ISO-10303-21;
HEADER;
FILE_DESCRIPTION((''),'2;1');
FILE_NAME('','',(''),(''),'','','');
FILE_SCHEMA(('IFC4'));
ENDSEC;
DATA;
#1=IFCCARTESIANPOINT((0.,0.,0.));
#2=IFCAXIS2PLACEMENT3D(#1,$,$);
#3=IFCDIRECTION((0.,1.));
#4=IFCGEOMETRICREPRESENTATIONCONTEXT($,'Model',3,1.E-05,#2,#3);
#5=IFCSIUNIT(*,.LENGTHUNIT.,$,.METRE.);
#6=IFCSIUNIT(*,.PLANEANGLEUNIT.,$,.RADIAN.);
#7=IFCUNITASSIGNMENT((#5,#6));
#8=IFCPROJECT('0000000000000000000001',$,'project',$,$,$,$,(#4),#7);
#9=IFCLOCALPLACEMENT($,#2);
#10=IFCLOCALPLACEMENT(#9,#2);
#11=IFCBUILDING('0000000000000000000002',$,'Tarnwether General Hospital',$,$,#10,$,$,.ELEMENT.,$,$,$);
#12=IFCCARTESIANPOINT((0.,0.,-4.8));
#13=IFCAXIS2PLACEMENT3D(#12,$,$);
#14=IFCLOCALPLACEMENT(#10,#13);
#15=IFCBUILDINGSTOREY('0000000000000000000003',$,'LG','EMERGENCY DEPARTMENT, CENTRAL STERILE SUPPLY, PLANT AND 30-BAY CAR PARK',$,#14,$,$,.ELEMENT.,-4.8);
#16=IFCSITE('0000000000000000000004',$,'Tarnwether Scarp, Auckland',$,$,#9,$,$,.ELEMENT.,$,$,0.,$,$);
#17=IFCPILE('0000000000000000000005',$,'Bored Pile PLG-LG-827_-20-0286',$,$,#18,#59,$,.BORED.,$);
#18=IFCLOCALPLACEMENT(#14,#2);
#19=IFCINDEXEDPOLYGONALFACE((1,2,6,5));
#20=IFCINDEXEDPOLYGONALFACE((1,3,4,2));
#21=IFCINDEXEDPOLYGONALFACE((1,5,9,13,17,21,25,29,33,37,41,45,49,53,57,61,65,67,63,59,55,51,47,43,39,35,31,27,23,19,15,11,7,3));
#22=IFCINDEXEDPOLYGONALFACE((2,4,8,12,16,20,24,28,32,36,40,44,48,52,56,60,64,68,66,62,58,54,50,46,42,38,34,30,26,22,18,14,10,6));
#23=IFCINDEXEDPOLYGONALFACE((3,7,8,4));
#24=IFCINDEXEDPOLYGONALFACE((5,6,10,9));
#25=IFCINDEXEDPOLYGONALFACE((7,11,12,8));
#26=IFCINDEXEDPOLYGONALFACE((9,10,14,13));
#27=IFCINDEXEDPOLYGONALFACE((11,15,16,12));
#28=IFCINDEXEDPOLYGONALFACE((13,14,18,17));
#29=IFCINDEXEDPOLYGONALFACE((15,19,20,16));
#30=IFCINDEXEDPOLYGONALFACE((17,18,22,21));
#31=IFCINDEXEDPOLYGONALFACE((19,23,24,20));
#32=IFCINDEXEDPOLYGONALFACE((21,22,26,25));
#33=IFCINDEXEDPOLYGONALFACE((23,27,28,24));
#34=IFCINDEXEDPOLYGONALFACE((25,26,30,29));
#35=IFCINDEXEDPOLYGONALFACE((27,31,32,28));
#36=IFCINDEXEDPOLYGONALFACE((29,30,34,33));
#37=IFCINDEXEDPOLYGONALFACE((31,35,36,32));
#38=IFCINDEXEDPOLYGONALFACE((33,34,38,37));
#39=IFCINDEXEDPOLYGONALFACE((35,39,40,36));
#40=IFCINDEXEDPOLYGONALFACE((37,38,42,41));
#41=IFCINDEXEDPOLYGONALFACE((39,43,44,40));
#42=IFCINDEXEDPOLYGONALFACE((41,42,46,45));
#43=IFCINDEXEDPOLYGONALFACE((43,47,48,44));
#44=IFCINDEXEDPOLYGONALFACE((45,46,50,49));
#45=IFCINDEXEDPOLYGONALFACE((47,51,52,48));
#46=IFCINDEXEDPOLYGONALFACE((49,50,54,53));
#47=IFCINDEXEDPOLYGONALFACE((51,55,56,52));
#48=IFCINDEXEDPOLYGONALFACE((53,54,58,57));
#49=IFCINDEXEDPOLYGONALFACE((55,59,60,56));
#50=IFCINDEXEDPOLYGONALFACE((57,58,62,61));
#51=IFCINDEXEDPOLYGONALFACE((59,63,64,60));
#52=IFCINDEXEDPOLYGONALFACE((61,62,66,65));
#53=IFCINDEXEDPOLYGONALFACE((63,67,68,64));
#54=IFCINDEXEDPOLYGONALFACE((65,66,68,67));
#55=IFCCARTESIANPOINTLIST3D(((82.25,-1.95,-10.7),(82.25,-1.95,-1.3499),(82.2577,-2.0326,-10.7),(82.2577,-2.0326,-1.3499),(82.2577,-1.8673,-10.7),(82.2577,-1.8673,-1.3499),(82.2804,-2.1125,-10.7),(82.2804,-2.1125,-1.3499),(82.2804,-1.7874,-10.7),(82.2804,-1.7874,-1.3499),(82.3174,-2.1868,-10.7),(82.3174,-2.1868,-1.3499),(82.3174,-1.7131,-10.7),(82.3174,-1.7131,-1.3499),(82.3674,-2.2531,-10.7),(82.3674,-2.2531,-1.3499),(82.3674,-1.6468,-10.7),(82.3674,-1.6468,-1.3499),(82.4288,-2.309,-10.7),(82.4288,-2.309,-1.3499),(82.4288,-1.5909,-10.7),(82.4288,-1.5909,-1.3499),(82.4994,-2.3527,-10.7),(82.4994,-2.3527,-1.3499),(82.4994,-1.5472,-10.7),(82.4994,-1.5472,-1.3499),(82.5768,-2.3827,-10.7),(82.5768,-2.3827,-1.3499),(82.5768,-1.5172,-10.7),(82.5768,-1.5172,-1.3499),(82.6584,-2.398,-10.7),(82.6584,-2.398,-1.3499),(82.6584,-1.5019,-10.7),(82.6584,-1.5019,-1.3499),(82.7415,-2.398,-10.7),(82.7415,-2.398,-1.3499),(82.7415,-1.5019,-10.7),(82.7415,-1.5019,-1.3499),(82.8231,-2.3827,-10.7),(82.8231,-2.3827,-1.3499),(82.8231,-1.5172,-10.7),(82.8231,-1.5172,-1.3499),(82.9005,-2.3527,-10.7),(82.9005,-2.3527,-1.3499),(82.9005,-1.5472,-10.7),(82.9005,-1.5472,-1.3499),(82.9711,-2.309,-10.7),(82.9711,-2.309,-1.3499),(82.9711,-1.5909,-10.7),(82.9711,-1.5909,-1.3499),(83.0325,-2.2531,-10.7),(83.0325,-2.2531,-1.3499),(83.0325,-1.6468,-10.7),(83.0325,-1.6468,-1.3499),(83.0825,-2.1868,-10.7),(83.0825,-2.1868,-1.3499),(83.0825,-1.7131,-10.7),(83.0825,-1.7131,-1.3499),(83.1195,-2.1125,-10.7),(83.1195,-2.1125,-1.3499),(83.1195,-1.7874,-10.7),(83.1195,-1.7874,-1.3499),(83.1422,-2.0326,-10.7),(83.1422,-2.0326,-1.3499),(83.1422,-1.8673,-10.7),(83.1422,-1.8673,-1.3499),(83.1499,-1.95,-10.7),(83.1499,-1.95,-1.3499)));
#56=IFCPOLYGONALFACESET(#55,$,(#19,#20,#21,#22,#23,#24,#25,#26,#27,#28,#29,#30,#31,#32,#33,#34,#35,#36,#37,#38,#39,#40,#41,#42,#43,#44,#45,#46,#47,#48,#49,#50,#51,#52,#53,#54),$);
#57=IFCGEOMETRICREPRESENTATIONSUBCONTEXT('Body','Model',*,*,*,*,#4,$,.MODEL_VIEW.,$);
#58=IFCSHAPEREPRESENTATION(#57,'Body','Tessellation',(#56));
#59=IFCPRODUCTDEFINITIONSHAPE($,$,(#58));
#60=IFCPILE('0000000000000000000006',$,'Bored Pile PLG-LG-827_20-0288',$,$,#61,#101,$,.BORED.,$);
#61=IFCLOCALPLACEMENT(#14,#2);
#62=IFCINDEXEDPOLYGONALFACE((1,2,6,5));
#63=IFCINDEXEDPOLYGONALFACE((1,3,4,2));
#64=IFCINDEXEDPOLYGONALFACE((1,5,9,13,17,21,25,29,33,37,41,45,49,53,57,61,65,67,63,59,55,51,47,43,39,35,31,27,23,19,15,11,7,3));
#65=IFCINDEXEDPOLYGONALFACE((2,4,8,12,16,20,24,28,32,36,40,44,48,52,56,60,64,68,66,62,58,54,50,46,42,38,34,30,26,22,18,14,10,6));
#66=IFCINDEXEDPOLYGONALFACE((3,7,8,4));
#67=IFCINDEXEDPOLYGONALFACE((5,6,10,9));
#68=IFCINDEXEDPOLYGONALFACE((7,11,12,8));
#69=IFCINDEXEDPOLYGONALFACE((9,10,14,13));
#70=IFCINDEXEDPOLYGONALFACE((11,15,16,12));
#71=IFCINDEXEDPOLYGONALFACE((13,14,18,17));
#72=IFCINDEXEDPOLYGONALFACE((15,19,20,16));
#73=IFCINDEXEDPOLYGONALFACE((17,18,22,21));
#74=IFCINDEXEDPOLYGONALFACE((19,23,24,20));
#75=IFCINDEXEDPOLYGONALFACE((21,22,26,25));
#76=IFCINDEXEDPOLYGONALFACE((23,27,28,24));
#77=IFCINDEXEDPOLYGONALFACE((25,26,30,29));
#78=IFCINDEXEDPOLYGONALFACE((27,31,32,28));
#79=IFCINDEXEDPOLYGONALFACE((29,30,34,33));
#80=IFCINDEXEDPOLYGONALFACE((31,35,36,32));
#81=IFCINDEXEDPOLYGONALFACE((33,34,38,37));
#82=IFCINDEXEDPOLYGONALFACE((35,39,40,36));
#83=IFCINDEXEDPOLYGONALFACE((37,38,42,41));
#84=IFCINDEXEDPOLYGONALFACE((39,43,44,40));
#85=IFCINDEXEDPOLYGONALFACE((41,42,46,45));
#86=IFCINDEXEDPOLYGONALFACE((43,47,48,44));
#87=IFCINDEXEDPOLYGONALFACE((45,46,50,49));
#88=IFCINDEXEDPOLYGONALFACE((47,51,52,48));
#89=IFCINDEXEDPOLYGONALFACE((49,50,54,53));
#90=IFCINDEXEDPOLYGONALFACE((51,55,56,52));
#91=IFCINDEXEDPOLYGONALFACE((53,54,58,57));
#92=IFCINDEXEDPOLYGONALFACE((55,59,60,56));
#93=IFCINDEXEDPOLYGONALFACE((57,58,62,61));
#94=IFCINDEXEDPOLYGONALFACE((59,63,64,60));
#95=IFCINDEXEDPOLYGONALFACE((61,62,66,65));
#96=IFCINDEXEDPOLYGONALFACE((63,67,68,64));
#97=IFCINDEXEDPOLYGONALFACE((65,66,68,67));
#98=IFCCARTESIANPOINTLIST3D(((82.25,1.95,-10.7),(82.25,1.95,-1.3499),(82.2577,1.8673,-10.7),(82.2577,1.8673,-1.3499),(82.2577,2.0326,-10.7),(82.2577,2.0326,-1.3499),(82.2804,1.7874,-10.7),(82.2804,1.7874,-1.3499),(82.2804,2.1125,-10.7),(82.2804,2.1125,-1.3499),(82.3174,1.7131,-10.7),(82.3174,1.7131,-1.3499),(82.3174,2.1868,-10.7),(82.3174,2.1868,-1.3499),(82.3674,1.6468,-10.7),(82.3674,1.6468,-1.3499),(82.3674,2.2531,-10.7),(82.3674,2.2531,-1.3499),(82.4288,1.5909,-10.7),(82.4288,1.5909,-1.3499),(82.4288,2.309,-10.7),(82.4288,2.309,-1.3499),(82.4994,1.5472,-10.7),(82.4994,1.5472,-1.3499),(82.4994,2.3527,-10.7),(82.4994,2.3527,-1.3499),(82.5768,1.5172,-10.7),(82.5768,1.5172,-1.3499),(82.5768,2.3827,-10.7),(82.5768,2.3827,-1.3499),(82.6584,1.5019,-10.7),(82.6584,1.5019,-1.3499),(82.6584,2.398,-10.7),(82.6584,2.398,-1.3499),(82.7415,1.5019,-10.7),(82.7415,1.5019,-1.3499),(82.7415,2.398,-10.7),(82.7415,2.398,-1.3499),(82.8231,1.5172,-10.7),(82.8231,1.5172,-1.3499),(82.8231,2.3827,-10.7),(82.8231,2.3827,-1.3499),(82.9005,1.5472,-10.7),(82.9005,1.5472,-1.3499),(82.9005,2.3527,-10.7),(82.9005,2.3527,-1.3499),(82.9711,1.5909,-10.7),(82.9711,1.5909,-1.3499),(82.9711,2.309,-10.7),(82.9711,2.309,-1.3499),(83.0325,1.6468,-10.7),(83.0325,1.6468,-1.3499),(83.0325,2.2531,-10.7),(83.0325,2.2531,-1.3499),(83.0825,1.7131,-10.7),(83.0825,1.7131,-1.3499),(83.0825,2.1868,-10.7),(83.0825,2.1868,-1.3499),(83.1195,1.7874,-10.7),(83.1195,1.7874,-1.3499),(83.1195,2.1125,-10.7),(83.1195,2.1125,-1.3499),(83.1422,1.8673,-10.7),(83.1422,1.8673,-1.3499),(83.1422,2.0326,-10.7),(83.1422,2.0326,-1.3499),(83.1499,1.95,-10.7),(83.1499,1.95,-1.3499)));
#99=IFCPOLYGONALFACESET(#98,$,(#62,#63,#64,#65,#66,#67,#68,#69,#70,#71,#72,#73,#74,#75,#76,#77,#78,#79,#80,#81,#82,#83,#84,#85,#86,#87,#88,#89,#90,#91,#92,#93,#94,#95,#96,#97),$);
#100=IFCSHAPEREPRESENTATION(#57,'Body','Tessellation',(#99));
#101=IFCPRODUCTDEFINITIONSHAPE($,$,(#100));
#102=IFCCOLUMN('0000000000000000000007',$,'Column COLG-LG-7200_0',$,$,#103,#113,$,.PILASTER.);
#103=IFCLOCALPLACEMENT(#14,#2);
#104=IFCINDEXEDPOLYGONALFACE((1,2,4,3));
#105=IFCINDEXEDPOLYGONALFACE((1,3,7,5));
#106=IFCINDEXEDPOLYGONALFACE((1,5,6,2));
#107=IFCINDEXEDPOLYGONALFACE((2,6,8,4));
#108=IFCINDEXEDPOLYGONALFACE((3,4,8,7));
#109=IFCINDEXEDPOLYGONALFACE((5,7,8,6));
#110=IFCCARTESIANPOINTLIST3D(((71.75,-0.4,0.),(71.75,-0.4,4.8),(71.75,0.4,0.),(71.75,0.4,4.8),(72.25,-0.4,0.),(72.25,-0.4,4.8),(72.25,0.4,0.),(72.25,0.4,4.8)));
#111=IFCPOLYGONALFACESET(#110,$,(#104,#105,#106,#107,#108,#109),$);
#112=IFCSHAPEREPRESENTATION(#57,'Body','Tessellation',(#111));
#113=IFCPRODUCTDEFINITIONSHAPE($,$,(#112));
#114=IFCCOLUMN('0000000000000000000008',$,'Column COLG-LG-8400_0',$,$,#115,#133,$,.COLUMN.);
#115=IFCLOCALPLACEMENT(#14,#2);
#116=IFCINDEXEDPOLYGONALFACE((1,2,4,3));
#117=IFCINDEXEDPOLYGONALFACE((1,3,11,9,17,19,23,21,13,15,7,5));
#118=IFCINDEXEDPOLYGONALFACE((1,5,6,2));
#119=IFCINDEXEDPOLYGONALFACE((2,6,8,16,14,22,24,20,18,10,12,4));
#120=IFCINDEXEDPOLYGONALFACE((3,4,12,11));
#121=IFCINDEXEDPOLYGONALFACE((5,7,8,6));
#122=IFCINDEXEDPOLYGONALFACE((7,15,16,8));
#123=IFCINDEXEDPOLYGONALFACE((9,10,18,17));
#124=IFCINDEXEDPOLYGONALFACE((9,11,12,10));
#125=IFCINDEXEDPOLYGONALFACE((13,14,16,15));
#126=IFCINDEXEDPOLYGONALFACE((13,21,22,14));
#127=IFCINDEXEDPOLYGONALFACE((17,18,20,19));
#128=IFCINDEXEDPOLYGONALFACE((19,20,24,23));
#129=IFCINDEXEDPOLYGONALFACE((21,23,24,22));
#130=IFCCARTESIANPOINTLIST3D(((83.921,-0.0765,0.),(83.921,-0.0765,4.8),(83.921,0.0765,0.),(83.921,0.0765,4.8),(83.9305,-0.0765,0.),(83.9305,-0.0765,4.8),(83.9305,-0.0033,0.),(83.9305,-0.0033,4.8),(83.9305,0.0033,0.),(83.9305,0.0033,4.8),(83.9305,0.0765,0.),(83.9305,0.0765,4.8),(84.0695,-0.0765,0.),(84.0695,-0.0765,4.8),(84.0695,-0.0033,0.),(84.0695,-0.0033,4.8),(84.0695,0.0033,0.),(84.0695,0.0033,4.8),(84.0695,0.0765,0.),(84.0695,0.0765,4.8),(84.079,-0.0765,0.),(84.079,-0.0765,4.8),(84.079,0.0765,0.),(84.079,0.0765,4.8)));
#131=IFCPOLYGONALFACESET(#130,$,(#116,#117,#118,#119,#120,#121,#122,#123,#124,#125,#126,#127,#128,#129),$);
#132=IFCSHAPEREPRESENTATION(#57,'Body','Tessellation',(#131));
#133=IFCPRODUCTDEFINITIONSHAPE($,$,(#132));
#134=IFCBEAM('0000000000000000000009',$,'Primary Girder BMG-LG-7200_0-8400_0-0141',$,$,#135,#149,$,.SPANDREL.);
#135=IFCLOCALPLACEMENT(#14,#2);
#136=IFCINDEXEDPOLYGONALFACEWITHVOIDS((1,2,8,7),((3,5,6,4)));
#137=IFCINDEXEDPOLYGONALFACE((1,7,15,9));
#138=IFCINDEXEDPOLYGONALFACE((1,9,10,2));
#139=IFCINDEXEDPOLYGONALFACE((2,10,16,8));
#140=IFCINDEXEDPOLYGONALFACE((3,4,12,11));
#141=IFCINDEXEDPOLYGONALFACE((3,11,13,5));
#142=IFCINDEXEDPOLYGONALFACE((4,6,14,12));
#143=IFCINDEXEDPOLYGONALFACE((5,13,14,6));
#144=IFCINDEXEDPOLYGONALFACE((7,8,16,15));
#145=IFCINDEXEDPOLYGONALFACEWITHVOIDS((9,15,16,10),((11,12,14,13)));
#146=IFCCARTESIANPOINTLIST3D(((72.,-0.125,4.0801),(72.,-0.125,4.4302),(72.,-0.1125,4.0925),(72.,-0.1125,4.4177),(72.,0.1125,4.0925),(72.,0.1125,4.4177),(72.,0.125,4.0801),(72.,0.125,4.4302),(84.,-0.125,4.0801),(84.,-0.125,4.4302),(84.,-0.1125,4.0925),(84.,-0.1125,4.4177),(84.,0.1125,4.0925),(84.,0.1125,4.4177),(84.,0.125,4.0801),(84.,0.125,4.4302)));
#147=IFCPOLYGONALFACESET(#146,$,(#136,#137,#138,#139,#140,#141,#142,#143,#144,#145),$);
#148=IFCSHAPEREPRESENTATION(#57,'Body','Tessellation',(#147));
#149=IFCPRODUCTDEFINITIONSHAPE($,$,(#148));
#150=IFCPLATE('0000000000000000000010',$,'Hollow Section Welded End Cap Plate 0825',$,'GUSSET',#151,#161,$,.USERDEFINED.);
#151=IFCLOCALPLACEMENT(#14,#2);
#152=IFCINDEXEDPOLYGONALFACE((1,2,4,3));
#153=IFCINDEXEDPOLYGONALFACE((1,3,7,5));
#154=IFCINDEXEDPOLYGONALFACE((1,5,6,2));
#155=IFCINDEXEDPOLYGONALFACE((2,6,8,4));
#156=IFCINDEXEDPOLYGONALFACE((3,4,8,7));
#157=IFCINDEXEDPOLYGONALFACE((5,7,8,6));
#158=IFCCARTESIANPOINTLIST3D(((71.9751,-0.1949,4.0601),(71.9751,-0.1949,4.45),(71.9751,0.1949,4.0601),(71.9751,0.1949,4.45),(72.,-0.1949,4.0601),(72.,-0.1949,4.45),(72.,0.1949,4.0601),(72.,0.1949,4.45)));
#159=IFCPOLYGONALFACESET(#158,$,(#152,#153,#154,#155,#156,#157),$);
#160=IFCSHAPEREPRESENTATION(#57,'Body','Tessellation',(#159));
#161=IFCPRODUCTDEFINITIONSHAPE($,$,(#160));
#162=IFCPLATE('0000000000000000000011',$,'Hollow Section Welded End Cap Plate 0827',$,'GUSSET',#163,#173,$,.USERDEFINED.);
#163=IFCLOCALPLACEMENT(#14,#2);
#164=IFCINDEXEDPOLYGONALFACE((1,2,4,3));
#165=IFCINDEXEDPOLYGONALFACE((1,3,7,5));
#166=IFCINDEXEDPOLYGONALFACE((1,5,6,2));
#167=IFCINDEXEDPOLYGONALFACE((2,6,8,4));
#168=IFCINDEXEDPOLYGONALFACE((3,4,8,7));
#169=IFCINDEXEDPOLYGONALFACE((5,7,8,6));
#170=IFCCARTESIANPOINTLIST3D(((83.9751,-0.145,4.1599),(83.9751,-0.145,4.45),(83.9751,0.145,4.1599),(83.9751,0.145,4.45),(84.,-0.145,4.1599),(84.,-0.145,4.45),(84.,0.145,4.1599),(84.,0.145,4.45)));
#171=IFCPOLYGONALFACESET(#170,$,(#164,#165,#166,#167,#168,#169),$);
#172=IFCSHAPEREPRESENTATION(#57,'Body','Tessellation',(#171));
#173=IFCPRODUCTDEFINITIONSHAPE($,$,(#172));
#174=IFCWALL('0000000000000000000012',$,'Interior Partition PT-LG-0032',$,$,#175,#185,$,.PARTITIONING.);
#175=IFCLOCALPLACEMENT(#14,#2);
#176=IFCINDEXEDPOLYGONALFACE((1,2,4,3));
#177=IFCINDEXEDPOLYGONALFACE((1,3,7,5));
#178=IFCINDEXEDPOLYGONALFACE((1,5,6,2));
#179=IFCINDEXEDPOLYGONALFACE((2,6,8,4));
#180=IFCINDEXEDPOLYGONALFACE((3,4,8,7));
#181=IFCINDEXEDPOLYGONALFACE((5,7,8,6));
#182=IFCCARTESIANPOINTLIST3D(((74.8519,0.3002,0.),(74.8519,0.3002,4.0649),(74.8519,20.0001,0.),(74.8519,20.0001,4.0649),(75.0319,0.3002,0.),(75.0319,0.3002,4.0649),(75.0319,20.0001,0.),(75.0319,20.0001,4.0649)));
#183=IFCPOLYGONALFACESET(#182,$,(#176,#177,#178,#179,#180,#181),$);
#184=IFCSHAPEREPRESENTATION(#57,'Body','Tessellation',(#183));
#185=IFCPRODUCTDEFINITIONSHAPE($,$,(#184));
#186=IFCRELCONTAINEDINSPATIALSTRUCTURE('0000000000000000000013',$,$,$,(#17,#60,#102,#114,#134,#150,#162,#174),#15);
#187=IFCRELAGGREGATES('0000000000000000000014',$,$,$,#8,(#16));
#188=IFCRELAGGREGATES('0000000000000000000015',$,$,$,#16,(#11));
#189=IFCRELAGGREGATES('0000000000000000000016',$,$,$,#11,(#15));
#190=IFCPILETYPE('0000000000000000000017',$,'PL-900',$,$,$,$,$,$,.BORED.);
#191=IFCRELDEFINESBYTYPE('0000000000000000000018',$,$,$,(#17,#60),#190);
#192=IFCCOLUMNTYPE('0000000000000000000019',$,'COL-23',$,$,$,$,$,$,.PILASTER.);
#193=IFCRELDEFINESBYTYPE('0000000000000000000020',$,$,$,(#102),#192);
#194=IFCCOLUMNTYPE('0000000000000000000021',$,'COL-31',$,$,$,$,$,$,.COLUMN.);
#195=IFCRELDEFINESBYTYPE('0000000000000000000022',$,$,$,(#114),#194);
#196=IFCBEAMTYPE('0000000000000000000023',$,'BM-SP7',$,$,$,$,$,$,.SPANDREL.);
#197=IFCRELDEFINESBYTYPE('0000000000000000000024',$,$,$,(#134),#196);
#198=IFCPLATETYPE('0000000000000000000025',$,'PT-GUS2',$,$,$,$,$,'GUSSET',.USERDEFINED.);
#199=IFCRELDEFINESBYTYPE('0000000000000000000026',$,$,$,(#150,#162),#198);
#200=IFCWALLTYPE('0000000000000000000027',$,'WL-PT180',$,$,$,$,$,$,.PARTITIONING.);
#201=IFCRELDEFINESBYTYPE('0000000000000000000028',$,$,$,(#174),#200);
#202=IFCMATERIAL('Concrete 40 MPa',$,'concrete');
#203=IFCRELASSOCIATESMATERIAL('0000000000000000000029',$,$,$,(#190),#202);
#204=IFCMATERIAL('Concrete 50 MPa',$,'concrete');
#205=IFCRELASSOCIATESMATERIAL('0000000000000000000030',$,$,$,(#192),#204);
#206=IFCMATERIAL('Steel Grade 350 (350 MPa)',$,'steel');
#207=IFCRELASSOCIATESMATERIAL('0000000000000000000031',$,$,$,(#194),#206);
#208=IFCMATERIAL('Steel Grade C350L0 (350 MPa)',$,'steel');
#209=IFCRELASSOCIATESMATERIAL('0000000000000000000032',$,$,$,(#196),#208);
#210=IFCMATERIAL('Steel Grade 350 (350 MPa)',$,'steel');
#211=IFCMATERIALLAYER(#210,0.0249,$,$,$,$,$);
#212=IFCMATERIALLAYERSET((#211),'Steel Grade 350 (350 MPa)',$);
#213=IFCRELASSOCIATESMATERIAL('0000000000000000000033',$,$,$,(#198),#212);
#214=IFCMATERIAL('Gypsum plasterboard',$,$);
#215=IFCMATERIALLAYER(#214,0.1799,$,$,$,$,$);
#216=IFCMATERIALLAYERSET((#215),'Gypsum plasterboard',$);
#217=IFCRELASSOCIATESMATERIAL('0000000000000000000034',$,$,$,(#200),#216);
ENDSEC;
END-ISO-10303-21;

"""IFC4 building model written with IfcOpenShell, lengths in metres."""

from ifc_helpers import new_model, si_unit, direction, frame, frame_2d, origin, origin_2d, place, context, subcontext, project, spatial, rectangle, hollow_rectangle, circle, i_section, extrude, material, layer, layer_set, material_profile, profile_set, type_object, element, save


model = new_model("IFC4")

# Units and contexts
model_context = context("Model", 3, precision=1e-05, world=origin(), true_north=direction((0.0, 1.0)))
body_context = subcontext(model_context, "Body", "Model", "MODEL_VIEW")
ifc_project = project(units=[si_unit("LENGTHUNIT", "METRE"), si_unit("PLANEANGLEUNIT", "RADIAN")], contexts=[model_context])

# Site, building, storey
site_placement = place(None, origin())
site = spatial("IfcSite", under=ifc_project, at=site_placement, Name="Tarnwether Scarp, Auckland", CompositionType="ELEMENT", RefElevation=0.0)
building_placement = place(site_placement, origin())
building = spatial("IfcBuilding", under=site, at=building_placement, Name="Tarnwether General Hospital", CompositionType="ELEMENT")
storey_placement = place(building_placement, frame((0.0, 0.0, -4.8)))
storey = spatial("IfcBuildingStorey", under=building, at=storey_placement, Name="LG", Description="EMERGENCY DEPARTMENT, CENTRAL STERILE SUPPLY, PLANT AND 30-BAY CAR PARK", CompositionType="ELEMENT", Elevation=-4.8)

# Piles
ifc_material_1 = material(Name="Concrete 40 MPa", Category="concrete")
ifc_material_profile_1 = material_profile(ifc_material_1, circle(Radius=0.45, at=origin_2d()), Name="PILE-D900")
ifc_profile_set_1 = profile_set([ifc_material_profile_1], Name="Concrete 40 MPa")
pile_type_1 = type_object("IfcPileType", Name="PL-900", PredefinedType="BORED", material=ifc_profile_set_1)
for number, where, z_axis, x_axis, name in (
    (1, (82.7, -1.95, -1.3499), (0.0, 0.0, -1.0), (1.0, 0.0, 0.0), "Bored Pile PLG-LG-827_-20-0286"),
    (2, (82.7, 1.95, -1.3499), (0.0, 0.0, -1.0), (1.0, 0.0, 0.0), "Bored Pile PLG-LG-827_20-0288"),
):
    element("IfcPile", number, at=place(storey_placement, frame(where, z_axis=z_axis, x_axis=x_axis)), inside=storey, type_object=pile_type_1, Name=name, PredefinedType="BORED", context=body_context, shape_type="SweptSolid", body=[
        extrude(circle(Radius=0.45, at=origin_2d()), origin(), (0.0, 0.0, 1.0), 9.3501),
    ])

# Columns
ifc_material_2 = material(Name="Concrete 50 MPa", Category="concrete")
ifc_material_profile_2 = material_profile(ifc_material_2, rectangle(XDim=0.5, YDim=0.8, at=origin_2d()), Name="RC-PIL-500x800")
ifc_profile_set_2 = profile_set([ifc_material_profile_2], Name="Concrete 50 MPa")
column_type_1 = type_object("IfcColumnType", Name="COL-23", PredefinedType="PILASTER", material=ifc_profile_set_2)
column_1_placement = place(storey_placement, frame((72.0, 0.0, 0.0), z_axis=(0.0, 0.0, 1.0), x_axis=(1.0, 0.0, 0.0)))
element("IfcColumn", 3, at=column_1_placement, inside=storey, type_object=column_type_1, Name="Column COLG-LG-7200_0", PredefinedType="PILASTER", context=body_context, shape_type="SweptSolid", body=[
    extrude(rectangle(XDim=0.5, YDim=0.8, at=origin_2d()), origin(), (0.0, 0.0, 1.0), 4.8),
])
ifc_material_3 = material(Name="Steel Grade 350 (350 MPa)", Category="steel")
ifc_material_profile_3 = material_profile(ifc_material_3, i_section(OverallWidth=0.1531, OverallDepth=0.158, WebThickness=0.0066, FlangeThickness=0.0095, at=origin_2d()), Name="150UC30.0")
ifc_profile_set_3 = profile_set([ifc_material_profile_3], Name="Steel Grade 350 (350 MPa)")
column_type_2 = type_object("IfcColumnType", Name="COL-31", PredefinedType="COLUMN", material=ifc_profile_set_3)
column_2_placement = place(storey_placement, frame((84.0, 0.0, 0.0), z_axis=(0.0, 0.0, 1.0), x_axis=(0.0, 1.0, 0.0)))
element("IfcColumn", 4, at=column_2_placement, inside=storey, type_object=column_type_2, Name="Column COLG-LG-8400_0", PredefinedType="COLUMN", context=body_context, shape_type="SweptSolid", body=[
    extrude(i_section(OverallWidth=0.1531, OverallDepth=0.158, WebThickness=0.0066, FlangeThickness=0.0095, at=origin_2d()), origin(), (0.0, 0.0, 1.0), 4.8),
])

# Beam
ifc_material_4 = material(Name="Steel Grade C350L0 (350 MPa)", Category="steel")
ifc_material_profile_4 = material_profile(ifc_material_4, hollow_rectangle(XDim=0.25, YDim=0.3501, WallThickness=0.0125, at=origin_2d()), Name="RHS350x250x12.5")
ifc_profile_set_4 = profile_set([ifc_material_profile_4], Name="Steel Grade C350L0 (350 MPa)")
beam_type = type_object("IfcBeamType", Name="BM-SP7", PredefinedType="SPANDREL", material=ifc_profile_set_4)
beam_placement = place(storey_placement, frame((72.0, 0.0, 4.2551), z_axis=(1.0, 0.0, 0.0), x_axis=(0.0, 1.0, 0.0)))
element("IfcBeam", 5, at=beam_placement, inside=storey, type_object=beam_type, Name="Primary Girder BMG-LG-7200_0-8400_0-0141", PredefinedType="SPANDREL", context=body_context, shape_type="SweptSolid", body=[
    extrude(hollow_rectangle(XDim=0.25, YDim=0.3501, WallThickness=0.0125, at=origin_2d()), origin(), (0.0, 0.0, 1.0), 12.0),
])

# Plates
ifc_material_5 = material(Name="Steel Grade 350 (350 MPa)", Category="steel")
ifc_layer_1 = layer(ifc_material_5, 0.0249)
ifc_layer_set_1 = layer_set([ifc_layer_1], Name="Steel Grade 350 (350 MPa)")
plate_type = type_object("IfcPlateType", Name="PT-GUS2", ElementType="GUSSET", PredefinedType="USERDEFINED", material=ifc_layer_set_1)
plate_1_placement = place(storey_placement, frame((71.9875, 0.0, 4.0601), z_axis=(0.0, 0.0, 1.0), x_axis=(1.0, 0.0, 0.0)))
element("IfcPlate", 6, at=plate_1_placement, inside=storey, type_object=plate_type, Name="Hollow Section Welded End Cap Plate 0825", ObjectType="GUSSET", PredefinedType="USERDEFINED", context=body_context, shape_type="SweptSolid", body=[
    extrude(rectangle(XDim=0.0249, YDim=0.3899, at=origin_2d()), origin(), (0.0, 0.0, 1.0), 0.3899),
])
plate_2_placement = place(storey_placement, frame((83.9875, 0.0, 4.1599), z_axis=(0.0, 0.0, 1.0), x_axis=(1.0, 0.0, 0.0)))
element("IfcPlate", 7, at=plate_2_placement, inside=storey, type_object=plate_type, Name="Hollow Section Welded End Cap Plate 0827", ObjectType="GUSSET", PredefinedType="USERDEFINED", context=body_context, shape_type="SweptSolid", body=[
    extrude(rectangle(XDim=0.0249, YDim=0.29, at=origin_2d()), origin(), (0.0, 0.0, 1.0), 0.29),
])

# Wall
ifc_material_6 = material(Name="Gypsum plasterboard")
ifc_layer_2 = layer(ifc_material_6, 0.1799)
ifc_layer_set_2 = layer_set([ifc_layer_2], Name="Gypsum plasterboard")
wall_type = type_object("IfcWallType", Name="WL-PT180", PredefinedType="PARTITIONING", material=ifc_layer_set_2)
wall_placement = place(storey_placement, frame((74.9419, 0.3, 0.0), z_axis=(0.0, 0.0, 1.0), x_axis=(0.0, 1.0, 0.0)))
element("IfcWall", 8, at=wall_placement, inside=storey, type_object=wall_type, Name="Interior Partition PT-LG-0032", PredefinedType="PARTITIONING", context=body_context, shape_type="SweptSolid", body=[
    extrude(rectangle(XDim=19.7, YDim=0.1799, at=frame_2d((9.8501, 0.0))), origin(), (0.0, 0.0, 1.0), 4.0649),
])

save(model, "model.ifc")
